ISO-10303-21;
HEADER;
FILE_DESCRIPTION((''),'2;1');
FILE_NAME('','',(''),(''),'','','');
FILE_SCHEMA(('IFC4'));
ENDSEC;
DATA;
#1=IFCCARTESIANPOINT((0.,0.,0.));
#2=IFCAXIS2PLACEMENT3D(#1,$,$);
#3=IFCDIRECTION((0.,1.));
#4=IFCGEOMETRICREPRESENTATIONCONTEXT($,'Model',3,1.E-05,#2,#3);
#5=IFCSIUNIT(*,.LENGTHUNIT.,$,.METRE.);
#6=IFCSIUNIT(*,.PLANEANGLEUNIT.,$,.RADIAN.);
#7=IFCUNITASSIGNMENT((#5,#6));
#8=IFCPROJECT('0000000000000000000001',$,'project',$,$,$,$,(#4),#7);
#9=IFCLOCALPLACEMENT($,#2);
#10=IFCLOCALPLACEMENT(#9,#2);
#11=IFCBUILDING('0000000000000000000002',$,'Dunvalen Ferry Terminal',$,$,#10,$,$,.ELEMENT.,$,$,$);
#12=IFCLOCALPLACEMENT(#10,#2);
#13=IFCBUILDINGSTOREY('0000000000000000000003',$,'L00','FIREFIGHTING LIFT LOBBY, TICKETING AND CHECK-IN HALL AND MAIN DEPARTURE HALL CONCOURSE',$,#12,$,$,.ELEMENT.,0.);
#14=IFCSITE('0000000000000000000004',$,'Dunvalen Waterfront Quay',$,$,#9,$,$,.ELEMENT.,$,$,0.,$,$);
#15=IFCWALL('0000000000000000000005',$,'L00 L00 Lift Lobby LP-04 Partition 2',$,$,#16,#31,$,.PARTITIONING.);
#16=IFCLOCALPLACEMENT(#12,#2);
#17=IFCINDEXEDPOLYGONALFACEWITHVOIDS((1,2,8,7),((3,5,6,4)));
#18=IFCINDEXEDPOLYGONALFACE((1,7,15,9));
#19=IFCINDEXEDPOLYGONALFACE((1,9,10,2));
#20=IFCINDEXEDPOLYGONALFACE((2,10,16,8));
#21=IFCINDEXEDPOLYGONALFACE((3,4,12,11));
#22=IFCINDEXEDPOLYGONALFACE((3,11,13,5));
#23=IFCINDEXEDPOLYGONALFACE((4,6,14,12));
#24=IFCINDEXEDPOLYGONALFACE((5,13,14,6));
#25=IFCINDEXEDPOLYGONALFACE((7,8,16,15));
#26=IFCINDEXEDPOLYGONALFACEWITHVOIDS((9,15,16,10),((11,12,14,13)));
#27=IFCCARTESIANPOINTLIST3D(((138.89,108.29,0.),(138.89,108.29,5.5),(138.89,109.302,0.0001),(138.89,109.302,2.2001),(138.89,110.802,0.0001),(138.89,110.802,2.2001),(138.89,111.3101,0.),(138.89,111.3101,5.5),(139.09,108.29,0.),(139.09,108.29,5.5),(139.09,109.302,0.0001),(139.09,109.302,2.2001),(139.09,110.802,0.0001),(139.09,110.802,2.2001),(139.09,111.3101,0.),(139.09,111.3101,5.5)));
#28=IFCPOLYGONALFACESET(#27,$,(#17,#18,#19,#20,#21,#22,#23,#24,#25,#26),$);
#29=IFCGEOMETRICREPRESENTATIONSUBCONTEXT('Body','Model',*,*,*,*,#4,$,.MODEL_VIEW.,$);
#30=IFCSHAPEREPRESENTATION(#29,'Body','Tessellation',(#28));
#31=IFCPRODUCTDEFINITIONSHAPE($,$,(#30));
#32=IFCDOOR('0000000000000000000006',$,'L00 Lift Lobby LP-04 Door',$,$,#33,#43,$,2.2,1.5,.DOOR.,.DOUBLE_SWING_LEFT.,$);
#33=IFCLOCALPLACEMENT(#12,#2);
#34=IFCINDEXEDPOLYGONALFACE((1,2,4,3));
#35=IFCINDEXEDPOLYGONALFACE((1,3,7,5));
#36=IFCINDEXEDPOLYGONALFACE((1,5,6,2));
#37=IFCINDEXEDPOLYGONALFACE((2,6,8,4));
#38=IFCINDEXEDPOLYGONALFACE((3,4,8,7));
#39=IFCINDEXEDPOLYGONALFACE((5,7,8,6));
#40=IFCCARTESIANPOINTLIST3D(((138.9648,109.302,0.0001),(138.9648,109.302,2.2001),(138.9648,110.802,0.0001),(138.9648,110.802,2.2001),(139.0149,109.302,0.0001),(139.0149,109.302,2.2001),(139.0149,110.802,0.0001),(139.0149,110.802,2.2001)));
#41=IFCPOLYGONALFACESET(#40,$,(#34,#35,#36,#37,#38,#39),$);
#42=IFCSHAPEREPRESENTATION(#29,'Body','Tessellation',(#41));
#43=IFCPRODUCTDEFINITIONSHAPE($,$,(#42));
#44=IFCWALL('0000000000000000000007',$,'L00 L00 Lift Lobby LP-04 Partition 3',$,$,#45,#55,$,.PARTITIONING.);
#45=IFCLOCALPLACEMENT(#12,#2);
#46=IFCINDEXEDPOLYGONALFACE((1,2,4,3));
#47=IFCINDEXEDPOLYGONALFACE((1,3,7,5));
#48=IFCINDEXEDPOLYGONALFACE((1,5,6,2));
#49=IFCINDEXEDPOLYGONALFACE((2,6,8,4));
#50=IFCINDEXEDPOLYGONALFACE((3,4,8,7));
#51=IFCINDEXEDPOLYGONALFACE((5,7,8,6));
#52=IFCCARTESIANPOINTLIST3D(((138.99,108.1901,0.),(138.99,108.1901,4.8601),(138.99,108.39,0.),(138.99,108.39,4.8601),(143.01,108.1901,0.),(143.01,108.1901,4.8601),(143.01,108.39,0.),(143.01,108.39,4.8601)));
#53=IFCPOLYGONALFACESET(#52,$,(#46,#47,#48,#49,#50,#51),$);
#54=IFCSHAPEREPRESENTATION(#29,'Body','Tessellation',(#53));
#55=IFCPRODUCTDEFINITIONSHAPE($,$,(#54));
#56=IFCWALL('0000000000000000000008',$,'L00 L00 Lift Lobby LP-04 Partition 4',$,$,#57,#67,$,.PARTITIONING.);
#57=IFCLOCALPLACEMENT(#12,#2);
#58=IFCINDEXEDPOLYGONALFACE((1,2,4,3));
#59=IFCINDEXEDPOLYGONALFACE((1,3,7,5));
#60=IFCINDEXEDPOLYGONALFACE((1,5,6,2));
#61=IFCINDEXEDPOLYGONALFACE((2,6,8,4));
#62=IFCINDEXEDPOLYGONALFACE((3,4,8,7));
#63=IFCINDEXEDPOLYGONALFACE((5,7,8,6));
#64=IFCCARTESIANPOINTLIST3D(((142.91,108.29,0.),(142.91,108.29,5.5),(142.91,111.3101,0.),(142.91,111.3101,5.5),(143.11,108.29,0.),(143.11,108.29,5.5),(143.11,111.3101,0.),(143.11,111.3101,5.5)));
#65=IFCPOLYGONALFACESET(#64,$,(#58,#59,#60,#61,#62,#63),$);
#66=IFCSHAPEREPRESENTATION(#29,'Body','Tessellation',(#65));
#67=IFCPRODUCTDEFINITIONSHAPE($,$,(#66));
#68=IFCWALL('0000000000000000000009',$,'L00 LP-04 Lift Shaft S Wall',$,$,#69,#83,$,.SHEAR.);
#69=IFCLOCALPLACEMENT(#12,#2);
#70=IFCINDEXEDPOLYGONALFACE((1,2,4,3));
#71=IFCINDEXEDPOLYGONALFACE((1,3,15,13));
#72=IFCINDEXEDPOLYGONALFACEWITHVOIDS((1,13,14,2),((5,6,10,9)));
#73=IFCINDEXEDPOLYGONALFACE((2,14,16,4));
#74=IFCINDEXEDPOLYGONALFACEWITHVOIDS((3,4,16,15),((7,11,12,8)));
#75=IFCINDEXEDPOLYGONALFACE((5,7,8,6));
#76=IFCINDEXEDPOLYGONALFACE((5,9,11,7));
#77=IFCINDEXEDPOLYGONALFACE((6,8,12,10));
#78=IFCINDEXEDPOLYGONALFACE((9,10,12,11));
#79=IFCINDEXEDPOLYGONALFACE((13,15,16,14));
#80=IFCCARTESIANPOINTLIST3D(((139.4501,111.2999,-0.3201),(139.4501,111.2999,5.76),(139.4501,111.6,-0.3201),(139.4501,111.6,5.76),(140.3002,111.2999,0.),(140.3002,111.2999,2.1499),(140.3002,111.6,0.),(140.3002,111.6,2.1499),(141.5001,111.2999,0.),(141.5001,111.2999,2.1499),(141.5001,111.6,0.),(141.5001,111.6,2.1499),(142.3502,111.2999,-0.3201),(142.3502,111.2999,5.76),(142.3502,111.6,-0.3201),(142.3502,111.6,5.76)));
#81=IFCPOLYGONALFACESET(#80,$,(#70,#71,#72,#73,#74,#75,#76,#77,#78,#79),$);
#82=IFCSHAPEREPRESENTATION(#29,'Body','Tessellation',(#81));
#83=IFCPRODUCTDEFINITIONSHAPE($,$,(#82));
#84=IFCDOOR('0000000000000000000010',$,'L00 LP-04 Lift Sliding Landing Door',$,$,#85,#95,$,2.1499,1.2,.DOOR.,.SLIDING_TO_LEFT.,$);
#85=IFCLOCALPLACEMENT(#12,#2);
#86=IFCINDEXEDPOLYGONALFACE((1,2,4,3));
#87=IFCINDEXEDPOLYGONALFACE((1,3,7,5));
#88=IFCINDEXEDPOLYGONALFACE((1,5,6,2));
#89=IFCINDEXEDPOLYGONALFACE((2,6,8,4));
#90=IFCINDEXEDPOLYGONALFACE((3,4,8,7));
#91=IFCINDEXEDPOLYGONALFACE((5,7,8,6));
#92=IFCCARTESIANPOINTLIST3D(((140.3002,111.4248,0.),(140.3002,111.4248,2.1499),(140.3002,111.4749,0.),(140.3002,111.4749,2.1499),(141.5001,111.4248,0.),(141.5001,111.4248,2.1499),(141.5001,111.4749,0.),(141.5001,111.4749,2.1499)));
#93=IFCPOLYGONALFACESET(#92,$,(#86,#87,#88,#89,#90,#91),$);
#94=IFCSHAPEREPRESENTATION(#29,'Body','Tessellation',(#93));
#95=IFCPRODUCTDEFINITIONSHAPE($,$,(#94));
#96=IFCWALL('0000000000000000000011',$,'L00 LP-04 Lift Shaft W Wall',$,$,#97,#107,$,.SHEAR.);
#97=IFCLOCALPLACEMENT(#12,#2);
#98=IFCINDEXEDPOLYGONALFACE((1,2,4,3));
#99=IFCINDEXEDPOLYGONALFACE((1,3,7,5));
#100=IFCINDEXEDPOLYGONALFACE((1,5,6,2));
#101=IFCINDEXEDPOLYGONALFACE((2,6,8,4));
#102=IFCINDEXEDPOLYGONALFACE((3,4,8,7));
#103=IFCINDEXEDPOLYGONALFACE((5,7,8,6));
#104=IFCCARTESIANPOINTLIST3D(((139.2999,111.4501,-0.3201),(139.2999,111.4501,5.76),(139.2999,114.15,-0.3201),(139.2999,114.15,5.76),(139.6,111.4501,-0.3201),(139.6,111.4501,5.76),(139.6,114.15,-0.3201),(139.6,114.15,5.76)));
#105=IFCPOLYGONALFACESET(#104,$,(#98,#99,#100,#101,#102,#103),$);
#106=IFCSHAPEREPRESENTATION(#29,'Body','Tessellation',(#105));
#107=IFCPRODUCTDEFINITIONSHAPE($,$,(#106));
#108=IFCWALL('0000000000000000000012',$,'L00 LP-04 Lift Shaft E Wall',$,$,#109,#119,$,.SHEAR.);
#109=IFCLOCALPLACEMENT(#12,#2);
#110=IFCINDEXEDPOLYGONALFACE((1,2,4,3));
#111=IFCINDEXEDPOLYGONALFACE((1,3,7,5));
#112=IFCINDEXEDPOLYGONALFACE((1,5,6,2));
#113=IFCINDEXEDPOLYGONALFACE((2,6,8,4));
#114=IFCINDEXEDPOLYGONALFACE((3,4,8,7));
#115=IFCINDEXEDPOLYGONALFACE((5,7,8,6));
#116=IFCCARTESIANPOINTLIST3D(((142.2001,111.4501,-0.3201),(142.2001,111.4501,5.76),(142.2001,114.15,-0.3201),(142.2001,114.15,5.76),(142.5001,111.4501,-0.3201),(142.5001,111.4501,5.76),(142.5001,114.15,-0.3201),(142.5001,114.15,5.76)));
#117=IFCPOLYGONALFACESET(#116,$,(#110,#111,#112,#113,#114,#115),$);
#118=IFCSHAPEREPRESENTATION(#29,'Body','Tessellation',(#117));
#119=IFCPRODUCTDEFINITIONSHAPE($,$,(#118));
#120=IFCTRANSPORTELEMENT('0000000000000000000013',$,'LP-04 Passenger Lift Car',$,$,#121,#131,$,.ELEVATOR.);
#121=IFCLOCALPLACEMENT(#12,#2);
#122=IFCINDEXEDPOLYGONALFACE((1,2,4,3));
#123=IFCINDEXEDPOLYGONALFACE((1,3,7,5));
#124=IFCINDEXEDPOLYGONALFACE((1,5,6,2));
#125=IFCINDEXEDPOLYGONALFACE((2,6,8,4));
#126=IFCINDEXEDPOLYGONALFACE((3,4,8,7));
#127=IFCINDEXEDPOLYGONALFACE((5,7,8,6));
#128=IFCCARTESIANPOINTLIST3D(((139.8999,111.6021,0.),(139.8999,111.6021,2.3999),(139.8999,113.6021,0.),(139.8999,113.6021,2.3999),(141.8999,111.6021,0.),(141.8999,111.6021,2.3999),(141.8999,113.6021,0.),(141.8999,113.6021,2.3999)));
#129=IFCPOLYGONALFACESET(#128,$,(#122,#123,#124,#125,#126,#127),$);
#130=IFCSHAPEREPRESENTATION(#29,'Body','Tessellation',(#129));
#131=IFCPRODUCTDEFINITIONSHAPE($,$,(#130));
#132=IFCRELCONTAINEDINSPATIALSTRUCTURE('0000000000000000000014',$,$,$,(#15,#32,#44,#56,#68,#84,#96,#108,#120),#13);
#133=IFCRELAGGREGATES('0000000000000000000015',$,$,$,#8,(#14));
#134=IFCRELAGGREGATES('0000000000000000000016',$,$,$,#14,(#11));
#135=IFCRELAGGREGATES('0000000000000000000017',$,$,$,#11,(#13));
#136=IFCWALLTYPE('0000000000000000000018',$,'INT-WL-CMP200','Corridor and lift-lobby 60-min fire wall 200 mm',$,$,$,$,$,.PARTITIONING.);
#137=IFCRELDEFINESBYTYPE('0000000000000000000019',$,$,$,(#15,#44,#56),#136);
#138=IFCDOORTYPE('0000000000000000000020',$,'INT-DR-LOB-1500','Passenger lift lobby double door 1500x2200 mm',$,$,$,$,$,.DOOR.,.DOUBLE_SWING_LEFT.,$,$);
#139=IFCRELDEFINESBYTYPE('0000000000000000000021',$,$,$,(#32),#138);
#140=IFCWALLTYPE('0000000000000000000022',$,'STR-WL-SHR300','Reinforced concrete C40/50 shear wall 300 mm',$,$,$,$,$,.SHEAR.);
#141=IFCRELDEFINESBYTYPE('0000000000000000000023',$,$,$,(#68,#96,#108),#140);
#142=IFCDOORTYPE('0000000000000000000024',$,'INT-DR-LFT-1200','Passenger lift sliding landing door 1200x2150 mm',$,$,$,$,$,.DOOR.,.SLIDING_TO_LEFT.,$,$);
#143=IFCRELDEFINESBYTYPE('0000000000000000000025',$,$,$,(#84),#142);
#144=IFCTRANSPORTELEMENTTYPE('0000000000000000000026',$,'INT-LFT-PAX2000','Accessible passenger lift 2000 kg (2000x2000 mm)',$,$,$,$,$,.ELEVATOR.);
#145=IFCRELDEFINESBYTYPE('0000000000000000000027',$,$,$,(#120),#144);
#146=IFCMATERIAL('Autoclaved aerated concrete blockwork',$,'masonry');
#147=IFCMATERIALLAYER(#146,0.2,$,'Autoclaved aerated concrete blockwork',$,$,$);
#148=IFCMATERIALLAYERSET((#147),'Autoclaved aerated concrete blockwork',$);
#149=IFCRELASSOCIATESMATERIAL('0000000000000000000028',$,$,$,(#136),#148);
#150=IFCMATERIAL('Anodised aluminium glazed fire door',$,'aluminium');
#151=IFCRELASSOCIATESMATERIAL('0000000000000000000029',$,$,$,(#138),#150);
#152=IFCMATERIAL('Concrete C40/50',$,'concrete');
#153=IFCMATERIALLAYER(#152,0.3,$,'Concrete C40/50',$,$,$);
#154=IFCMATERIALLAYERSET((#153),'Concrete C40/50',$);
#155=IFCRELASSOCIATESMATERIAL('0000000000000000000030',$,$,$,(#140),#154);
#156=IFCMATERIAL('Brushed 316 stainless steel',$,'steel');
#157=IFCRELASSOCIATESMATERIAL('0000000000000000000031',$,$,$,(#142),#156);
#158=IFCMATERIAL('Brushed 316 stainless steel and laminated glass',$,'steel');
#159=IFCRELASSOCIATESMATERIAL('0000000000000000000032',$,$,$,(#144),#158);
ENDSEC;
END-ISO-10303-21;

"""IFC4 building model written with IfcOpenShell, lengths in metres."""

from ifc_helpers import new_model, si_unit, direction, frame, frame_2d, origin, origin_2d, place, context, subcontext, project, spatial, rectangle, extrude, material, layer, layer_set, type_object, element, fill, save


model = new_model("IFC4")

# Units and contexts
model_context = context("Model", 3, precision=1e-05, world=origin(), true_north=direction((0.0, 1.0)))
body_context = subcontext(model_context, "Body", "Model", "MODEL_VIEW")
ifc_project = project(units=[si_unit("LENGTHUNIT", "METRE"), si_unit("PLANEANGLEUNIT", "RADIAN")], contexts=[model_context])

# Site, building, storey
site_placement = place(None, origin())
site = spatial("IfcSite", under=ifc_project, at=site_placement, Name="Dunvalen Waterfront Quay", CompositionType="ELEMENT", RefElevation=0.0)
building_placement = place(site_placement, origin())
building = spatial("IfcBuilding", under=site, at=building_placement, Name="Dunvalen Ferry Terminal", CompositionType="ELEMENT")
storey_placement = place(building_placement, origin())
storey = spatial("IfcBuildingStorey", under=building, at=storey_placement, Name="L00", Description="FIREFIGHTING LIFT LOBBY, TICKETING AND CHECK-IN HALL AND MAIN DEPARTURE HALL CONCOURSE", CompositionType="ELEMENT", Elevation=0.0)

# Shared definitions
ifc_material_1 = material(Name="Concrete C40/50", Category="concrete")

# Wall, opening, door
ifc_material_2 = material(Name="Autoclaved aerated concrete blockwork", Category="masonry")
ifc_layer_1 = layer(ifc_material_2, 0.2, Name="Autoclaved aerated concrete blockwork")
ifc_layer_set_1 = layer_set([ifc_layer_1], Name="Autoclaved aerated concrete blockwork")
wall_type_1 = type_object("IfcWallType", Name="INT-WL-CMP200", Description="Corridor and lift-lobby 60-min fire wall 200 mm", PredefinedType="PARTITIONING", material=ifc_layer_set_1)
wall_1_placement = place(storey_placement, frame((138.99, 111.3101, 0.0), z_axis=(0.0, 0.0, 1.0), x_axis=(0.0, -1.0, 0.0)))
wall_1 = element("IfcWall", 1, at=wall_1_placement, inside=storey, type_object=wall_type_1, Name="L00 L00 Lift Lobby LP-04 Partition 2", PredefinedType="PARTITIONING", context=body_context, shape_type="SweptSolid", body=[
    extrude(rectangle(XDim=3.02, YDim=0.2, at=frame_2d((1.51, 0.0))), origin(), (0.0, 0.0, 1.0), 5.5),
])
opening_1_placement = place(wall_1_placement, frame((0.5081, 0.0, 0.0)))
opening_1 = element("IfcOpeningElement", 2, at=opening_1_placement, cuts=wall_1, PredefinedType="OPENING", context=body_context, shape_type="SweptSolid", body=[
    extrude(rectangle(XDim=1.5, YDim=2.2, at=frame_2d((0.75, 1.1001))), frame((0.0, 0.1099, 0.0), z_axis=(0.0, -1.0, 0.0), x_axis=(1.0, 0.0, 0.0)), (0.0, 0.0, 1.0), 0.22),
])
ifc_material_3 = material(Name="Anodised aluminium glazed fire door", Category="aluminium")
door_type_1 = type_object("IfcDoorType", Name="INT-DR-LOB-1500", Description="Passenger lift lobby double door 1500x2200 mm", OperationType="DOUBLE_SWING_LEFT", PredefinedType="DOOR", material=ifc_material_3)
door_1_placement = place(opening_1_placement, origin())
door_1 = element("IfcDoor", 3, at=door_1_placement, inside=storey, type_object=door_type_1, Name="L00 Lift Lobby LP-04 Door", OperationType="DOUBLE_SWING_LEFT", OverallHeight=2.2, OverallWidth=1.5, PredefinedType="DOOR", context=body_context, shape_type="SweptSolid", body=[
    extrude(rectangle(XDim=1.5, YDim=2.2, at=frame_2d((0.75, 1.1001))), frame((0.0, 0.0249, 0.0), z_axis=(0.0, -1.0, 0.0), x_axis=(1.0, 0.0, 0.0)), (0.0, 0.0, 1.0), 0.05),
])
fill(opening_1, door_1)

# Walls
wall_2_placement = place(storey_placement, frame((138.99, 108.29, 0.0), z_axis=(0.0, 0.0, 1.0), x_axis=(1.0, 0.0, 0.0)))
element("IfcWall", 4, at=wall_2_placement, inside=storey, type_object=wall_type_1, Name="L00 L00 Lift Lobby LP-04 Partition 3", PredefinedType="PARTITIONING", context=body_context, shape_type="SweptSolid", body=[
    extrude(rectangle(XDim=4.02, YDim=0.2, at=frame_2d((2.01, 0.0))), origin(), (0.0, 0.0, 1.0), 4.8601),
])
wall_3_placement = place(storey_placement, frame((143.01, 108.29, 0.0), z_axis=(0.0, 0.0, 1.0), x_axis=(0.0, 1.0, 0.0)))
element("IfcWall", 5, at=wall_3_placement, inside=storey, type_object=wall_type_1, Name="L00 L00 Lift Lobby LP-04 Partition 4", PredefinedType="PARTITIONING", context=body_context, shape_type="SweptSolid", body=[
    extrude(rectangle(XDim=3.02, YDim=0.2, at=frame_2d((1.51, 0.0))), origin(), (0.0, 0.0, 1.0), 5.5),
])

# Wall, opening, door
ifc_layer_2 = layer(ifc_material_1, 0.3, Name="Concrete C40/50")
ifc_layer_set_2 = layer_set([ifc_layer_2], Name="Concrete C40/50")
wall_type_2 = type_object("IfcWallType", Name="STR-WL-SHR300", Description="Reinforced concrete C40/50 shear wall 300 mm", PredefinedType="SHEAR", material=ifc_layer_set_2)
wall_4_placement = place(storey_placement, frame((139.45, 111.45, -0.3201), z_axis=(0.0, 0.0, 1.0), x_axis=(1.0, 0.0, 0.0)))
wall_4 = element("IfcWall", 6, at=wall_4_placement, inside=storey, type_object=wall_type_2, Name="L00 LP-04 Lift Shaft S Wall", PredefinedType="SHEAR", context=body_context, shape_type="SweptSolid", body=[
    extrude(rectangle(XDim=2.9001, YDim=0.3, at=frame_2d((1.4502, 0.0))), origin(), (0.0, 0.0, 1.0), 6.0801),
])
opening_2_placement = place(wall_4_placement, frame((0.8501, 0.0, 0.3201)))
opening_2 = element("IfcOpeningElement", 7, at=opening_2_placement, cuts=wall_4, PredefinedType="OPENING", context=body_context, shape_type="SweptSolid", body=[
    extrude(rectangle(XDim=1.2, YDim=2.1499, at=frame_2d((0.6001, 1.075))), frame((0.0, 0.1602, 0.0), z_axis=(0.0, -1.0, 0.0), x_axis=(1.0, 0.0, 0.0)), (0.0, 0.0, 1.0), 0.3201),
])
ifc_material_4 = material(Name="Brushed 316 stainless steel", Category="steel")
door_type_2 = type_object("IfcDoorType", Name="INT-DR-LFT-1200", Description="Passenger lift sliding landing door 1200x2150 mm", OperationType="SLIDING_TO_LEFT", PredefinedType="DOOR", material=ifc_material_4)
door_2_placement = place(opening_2_placement, origin())
door_2 = element("IfcDoor", 8, at=door_2_placement, inside=storey, type_object=door_type_2, Name="L00 LP-04 Lift Sliding Landing Door", OperationType="SLIDING_TO_LEFT", OverallHeight=2.1499, OverallWidth=1.2, PredefinedType="DOOR", context=body_context, shape_type="SweptSolid", body=[
    extrude(rectangle(XDim=1.2, YDim=2.1499, at=frame_2d((0.6001, 1.075))), frame((0.0, 0.0249, 0.0), z_axis=(0.0, -1.0, 0.0), x_axis=(1.0, 0.0, 0.0)), (0.0, 0.0, 1.0), 0.05),
])
fill(opening_2, door_2)

# Walls
for number, where, z_axis, x_axis, name in (
    (9, (139.45, 111.45, -0.3201), (0.0, 0.0, 1.0), (0.0, 1.0, 0.0), "L00 LP-04 Lift Shaft W Wall"),
    (10, (142.3501, 111.45, -0.3201), (0.0, 0.0, 1.0), (0.0, 1.0, 0.0), "L00 LP-04 Lift Shaft E Wall"),
):
    element("IfcWall", number, at=place(storey_placement, frame(where, z_axis=z_axis, x_axis=x_axis)), inside=storey, type_object=wall_type_2, Name=name, PredefinedType="SHEAR", context=body_context, shape_type="SweptSolid", body=[
        extrude(rectangle(XDim=2.7, YDim=0.3, at=frame_2d((1.3501, 0.0))), origin(), (0.0, 0.0, 1.0), 6.0801),
    ])

# Transport element
ifc_material_5 = material(Name="Brushed 316 stainless steel and laminated glass", Category="steel")
transport_element_type = type_object("IfcTransportElementType", Name="INT-LFT-PAX2000", Description="Accessible passenger lift 2000 kg (2000x2000 mm)", PredefinedType="ELEVATOR", material=ifc_material_5)
transport_element_placement = place(storey_placement, frame((140.8999, 112.6021, 0.0), z_axis=(0.0, 0.0, 1.0), x_axis=(1.0, 0.0, 0.0)))
element("IfcTransportElement", 11, at=transport_element_placement, inside=storey, type_object=transport_element_type, Name="LP-04 Passenger Lift Car", PredefinedType="ELEVATOR", context=body_context, shape_type="SweptSolid", body=[
    extrude(rectangle(XDim=2.0, YDim=2.0, at=origin_2d()), origin(), (0.0, 0.0, 1.0), 2.3999),
])

save(model, "model.ifc")
